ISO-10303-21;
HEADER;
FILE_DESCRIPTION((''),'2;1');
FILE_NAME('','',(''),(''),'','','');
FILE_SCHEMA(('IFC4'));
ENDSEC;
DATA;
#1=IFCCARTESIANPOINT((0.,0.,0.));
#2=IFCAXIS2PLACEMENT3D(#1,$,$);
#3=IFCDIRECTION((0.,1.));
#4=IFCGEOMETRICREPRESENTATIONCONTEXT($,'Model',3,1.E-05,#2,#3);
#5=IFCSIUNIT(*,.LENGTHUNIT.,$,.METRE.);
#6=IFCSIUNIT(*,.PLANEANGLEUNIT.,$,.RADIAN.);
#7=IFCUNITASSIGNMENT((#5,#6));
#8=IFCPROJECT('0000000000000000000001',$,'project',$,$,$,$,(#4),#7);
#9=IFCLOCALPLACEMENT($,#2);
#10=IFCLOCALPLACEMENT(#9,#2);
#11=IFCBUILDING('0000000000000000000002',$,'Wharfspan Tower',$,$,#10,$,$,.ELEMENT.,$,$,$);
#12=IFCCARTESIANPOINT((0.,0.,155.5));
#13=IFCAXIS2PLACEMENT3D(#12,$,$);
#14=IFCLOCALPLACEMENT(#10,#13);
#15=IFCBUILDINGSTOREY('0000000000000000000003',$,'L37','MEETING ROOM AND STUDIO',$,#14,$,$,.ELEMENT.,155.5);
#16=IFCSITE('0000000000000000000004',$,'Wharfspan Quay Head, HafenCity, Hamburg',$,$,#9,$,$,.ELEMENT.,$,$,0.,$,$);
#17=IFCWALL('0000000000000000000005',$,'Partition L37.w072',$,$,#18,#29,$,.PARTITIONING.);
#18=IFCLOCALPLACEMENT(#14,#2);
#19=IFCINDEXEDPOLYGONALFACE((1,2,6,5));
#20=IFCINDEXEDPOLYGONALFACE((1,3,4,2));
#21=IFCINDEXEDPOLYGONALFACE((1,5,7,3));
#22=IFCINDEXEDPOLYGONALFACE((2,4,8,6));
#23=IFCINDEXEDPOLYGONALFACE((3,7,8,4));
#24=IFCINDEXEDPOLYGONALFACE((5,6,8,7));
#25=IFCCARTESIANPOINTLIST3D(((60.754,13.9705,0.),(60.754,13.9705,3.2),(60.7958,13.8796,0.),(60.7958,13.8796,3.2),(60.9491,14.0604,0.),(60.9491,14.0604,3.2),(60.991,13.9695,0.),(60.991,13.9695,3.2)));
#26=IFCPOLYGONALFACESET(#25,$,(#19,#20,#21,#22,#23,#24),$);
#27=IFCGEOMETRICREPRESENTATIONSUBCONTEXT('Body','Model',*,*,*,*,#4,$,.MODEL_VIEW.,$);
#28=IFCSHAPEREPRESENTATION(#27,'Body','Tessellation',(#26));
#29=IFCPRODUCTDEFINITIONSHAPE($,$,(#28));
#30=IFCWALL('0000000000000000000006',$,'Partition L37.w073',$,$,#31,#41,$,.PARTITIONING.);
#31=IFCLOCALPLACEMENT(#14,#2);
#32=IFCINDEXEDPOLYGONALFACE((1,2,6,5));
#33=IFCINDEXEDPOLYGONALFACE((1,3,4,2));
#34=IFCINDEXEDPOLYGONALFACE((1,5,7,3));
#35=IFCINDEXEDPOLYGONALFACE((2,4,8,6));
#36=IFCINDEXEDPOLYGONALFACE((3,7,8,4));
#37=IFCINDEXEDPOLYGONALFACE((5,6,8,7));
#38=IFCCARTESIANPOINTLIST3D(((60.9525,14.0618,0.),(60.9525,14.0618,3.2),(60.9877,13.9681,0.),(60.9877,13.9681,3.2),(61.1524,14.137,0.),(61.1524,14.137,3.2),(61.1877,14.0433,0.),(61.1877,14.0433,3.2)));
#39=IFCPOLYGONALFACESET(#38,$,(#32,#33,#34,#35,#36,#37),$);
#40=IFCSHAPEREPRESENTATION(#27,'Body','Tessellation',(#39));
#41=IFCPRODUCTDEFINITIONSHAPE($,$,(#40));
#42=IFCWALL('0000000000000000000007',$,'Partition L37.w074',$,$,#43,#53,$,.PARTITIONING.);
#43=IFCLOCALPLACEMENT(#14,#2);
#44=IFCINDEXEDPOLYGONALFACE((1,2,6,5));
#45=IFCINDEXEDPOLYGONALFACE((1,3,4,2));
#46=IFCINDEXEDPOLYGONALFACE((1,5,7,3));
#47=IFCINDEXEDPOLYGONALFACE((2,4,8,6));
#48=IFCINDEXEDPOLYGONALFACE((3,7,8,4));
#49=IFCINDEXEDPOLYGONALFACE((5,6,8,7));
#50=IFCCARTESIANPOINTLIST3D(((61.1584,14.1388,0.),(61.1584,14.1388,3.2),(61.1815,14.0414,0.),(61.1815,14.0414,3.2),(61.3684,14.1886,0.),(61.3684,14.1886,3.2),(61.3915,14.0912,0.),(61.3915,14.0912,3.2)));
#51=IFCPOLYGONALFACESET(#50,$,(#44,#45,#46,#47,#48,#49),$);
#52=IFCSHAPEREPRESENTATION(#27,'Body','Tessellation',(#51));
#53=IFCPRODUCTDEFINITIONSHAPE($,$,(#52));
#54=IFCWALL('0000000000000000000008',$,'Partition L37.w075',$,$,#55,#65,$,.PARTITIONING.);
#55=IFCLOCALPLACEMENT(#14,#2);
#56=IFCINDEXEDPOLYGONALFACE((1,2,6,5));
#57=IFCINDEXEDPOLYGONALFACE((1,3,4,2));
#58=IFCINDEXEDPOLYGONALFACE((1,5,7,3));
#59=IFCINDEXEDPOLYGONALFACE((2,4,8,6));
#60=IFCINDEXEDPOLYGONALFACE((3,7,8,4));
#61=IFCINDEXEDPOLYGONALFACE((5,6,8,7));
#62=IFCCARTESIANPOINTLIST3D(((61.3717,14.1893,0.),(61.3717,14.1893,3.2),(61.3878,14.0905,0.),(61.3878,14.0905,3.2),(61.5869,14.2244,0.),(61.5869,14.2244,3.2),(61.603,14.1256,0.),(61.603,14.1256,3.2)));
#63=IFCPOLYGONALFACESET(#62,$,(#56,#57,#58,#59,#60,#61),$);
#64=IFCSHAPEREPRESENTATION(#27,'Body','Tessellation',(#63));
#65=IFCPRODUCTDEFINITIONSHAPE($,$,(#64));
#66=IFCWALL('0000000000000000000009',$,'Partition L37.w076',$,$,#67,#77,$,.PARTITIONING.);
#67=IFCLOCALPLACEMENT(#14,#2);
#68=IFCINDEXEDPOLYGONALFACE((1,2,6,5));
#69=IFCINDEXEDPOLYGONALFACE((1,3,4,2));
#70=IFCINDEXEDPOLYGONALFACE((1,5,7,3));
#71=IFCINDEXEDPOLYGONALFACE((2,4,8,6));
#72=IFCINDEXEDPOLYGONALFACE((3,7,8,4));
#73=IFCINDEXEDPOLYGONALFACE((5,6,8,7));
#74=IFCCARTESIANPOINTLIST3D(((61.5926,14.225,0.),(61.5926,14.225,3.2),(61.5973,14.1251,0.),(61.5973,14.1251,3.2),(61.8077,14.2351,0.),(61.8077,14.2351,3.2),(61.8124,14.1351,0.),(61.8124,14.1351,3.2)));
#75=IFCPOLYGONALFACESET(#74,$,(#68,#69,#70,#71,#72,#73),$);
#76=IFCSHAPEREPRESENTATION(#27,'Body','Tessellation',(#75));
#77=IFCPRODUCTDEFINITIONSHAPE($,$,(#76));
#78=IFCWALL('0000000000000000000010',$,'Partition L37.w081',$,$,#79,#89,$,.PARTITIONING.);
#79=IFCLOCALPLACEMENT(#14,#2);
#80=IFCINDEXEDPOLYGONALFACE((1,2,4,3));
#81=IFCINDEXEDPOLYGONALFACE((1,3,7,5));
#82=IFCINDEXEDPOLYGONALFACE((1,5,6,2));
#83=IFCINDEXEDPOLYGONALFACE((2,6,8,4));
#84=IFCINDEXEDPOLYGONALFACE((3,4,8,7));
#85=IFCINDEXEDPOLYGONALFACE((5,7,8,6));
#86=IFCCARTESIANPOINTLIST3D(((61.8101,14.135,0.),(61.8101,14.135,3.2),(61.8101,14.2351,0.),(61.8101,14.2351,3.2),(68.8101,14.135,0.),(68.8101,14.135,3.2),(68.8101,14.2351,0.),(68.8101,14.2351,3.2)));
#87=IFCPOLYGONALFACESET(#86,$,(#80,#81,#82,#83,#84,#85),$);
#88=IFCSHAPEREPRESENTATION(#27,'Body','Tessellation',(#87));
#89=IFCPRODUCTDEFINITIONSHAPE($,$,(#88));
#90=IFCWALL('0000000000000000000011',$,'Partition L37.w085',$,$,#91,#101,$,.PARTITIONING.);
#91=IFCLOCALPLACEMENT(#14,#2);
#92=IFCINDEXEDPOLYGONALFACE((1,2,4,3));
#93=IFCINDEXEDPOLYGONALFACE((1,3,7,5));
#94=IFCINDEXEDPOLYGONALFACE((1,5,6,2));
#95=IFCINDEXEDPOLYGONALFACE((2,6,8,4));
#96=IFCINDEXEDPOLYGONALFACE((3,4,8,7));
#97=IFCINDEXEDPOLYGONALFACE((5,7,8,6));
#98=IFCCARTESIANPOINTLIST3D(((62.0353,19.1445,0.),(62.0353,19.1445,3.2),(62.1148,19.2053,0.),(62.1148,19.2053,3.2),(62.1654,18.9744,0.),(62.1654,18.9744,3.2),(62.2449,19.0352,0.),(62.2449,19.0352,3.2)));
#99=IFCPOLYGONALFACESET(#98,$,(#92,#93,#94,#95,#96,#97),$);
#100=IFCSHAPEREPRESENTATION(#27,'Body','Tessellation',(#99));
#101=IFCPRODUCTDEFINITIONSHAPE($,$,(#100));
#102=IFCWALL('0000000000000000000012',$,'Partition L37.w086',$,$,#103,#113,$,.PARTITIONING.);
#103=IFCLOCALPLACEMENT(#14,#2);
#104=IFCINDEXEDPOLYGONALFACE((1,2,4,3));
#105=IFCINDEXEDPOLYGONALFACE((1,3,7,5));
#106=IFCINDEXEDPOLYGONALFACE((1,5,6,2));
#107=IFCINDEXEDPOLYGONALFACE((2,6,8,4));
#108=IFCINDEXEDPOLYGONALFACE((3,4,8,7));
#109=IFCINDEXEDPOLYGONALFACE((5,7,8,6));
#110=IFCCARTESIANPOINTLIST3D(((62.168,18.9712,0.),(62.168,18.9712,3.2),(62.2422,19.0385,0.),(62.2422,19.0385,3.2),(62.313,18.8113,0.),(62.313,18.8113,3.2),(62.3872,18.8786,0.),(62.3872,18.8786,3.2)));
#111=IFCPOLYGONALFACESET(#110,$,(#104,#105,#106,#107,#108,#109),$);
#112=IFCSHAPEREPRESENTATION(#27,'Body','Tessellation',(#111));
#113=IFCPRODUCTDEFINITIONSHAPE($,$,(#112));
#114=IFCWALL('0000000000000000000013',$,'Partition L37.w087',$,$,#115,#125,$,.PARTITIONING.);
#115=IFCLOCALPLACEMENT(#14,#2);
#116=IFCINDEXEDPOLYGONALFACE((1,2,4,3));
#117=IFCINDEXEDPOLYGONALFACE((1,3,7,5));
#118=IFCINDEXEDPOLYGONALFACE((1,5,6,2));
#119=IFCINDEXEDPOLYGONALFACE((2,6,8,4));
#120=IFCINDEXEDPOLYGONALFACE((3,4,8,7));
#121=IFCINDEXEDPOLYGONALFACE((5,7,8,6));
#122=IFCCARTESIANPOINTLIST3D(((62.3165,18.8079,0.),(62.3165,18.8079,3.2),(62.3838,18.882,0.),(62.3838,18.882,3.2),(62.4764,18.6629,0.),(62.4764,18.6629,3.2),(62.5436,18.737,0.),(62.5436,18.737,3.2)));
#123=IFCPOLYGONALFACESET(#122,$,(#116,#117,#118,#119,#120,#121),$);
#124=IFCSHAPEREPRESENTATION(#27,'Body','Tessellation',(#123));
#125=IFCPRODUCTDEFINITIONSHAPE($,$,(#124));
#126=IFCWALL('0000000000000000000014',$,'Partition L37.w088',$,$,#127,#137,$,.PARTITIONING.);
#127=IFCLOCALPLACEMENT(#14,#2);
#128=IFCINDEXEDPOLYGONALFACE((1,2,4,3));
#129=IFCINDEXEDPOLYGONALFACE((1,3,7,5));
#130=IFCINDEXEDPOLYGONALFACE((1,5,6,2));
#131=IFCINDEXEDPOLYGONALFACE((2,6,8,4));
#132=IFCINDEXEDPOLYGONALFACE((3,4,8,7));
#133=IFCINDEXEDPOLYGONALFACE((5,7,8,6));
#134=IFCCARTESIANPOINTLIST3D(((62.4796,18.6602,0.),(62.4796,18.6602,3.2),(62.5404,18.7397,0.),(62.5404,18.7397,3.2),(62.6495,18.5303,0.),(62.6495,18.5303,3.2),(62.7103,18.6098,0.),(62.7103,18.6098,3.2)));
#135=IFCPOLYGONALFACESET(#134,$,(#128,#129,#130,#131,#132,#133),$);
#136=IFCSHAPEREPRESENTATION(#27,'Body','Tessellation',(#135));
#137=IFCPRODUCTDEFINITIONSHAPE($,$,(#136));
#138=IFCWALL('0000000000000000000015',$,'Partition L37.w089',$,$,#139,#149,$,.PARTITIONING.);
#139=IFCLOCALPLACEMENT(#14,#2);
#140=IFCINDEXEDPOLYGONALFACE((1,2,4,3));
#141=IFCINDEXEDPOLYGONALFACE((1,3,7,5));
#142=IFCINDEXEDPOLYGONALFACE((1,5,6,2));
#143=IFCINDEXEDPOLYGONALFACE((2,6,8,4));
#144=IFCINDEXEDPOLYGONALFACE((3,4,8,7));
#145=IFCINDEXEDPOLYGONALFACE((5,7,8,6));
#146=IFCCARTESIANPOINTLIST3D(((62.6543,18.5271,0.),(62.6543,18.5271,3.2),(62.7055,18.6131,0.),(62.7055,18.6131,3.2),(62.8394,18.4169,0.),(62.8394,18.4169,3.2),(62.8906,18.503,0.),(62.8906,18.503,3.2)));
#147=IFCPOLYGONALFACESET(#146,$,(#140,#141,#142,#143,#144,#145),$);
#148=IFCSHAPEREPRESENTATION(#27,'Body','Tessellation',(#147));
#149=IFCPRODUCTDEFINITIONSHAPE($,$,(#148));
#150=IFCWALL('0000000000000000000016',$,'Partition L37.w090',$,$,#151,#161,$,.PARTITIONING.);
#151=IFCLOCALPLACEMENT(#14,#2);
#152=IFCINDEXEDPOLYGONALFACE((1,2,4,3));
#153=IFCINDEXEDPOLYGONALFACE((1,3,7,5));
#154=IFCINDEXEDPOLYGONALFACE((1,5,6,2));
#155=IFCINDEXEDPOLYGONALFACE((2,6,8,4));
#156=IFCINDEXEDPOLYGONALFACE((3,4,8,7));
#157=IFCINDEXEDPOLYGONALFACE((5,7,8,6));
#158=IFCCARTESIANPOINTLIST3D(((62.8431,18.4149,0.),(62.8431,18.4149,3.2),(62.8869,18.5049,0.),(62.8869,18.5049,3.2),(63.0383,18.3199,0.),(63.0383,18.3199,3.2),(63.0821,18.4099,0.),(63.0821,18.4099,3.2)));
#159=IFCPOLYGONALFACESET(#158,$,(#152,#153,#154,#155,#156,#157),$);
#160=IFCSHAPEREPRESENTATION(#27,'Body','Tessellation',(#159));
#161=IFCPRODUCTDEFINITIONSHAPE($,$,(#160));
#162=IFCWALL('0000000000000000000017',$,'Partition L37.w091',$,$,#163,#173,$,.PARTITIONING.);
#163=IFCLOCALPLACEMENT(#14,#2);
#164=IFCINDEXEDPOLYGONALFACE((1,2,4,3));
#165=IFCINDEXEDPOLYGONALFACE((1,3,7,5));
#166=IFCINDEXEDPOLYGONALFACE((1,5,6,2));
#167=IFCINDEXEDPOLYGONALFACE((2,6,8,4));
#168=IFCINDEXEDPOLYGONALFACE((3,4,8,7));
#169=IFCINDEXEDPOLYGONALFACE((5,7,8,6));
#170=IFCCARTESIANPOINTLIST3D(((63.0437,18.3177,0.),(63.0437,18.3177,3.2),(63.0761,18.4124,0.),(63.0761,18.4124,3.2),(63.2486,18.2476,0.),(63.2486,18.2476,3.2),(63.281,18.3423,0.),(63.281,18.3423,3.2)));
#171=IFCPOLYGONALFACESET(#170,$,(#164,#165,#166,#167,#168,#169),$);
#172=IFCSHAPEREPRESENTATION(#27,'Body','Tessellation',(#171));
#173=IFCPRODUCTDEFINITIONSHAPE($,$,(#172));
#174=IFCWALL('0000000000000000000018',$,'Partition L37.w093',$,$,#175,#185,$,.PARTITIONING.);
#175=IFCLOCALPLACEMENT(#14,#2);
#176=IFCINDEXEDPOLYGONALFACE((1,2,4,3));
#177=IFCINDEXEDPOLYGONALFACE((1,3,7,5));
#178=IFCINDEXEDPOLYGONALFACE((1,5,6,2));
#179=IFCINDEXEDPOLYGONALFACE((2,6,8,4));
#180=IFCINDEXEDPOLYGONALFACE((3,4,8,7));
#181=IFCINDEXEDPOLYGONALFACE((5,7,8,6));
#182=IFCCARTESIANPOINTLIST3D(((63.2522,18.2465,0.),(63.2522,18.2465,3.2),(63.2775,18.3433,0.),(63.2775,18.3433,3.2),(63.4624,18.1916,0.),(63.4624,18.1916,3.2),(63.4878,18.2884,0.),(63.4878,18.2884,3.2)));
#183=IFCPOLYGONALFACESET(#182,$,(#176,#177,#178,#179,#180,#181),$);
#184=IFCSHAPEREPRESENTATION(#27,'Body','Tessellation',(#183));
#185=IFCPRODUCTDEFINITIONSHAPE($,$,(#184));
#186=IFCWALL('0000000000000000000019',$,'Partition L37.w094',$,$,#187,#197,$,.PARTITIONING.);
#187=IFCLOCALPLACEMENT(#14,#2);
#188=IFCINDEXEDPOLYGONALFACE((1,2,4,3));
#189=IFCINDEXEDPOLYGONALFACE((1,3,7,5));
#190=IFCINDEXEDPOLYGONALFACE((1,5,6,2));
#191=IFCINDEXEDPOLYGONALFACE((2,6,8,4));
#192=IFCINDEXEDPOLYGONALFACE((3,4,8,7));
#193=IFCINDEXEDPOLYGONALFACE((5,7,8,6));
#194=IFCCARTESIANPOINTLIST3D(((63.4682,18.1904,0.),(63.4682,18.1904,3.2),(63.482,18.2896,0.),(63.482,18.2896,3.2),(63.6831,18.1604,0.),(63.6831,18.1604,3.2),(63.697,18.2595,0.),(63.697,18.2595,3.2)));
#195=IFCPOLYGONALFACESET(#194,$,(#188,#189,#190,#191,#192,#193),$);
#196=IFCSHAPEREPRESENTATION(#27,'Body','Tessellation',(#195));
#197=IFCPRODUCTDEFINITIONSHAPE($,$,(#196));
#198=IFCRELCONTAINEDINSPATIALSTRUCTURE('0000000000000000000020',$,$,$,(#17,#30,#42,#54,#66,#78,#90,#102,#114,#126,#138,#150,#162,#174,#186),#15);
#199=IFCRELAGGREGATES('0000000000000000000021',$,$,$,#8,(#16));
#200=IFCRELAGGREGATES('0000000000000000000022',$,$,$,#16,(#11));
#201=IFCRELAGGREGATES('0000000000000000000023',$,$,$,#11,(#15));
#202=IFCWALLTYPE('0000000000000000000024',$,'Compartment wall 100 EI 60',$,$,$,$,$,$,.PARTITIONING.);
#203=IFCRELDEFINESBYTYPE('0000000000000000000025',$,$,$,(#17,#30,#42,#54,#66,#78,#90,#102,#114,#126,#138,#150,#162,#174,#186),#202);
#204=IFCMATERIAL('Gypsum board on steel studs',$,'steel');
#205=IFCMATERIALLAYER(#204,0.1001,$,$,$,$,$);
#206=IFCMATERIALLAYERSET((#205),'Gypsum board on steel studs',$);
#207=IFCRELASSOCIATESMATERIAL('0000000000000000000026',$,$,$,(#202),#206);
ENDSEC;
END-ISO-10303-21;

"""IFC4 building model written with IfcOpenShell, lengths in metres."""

from ifc_helpers import new_model, si_unit, direction, frame, frame_2d, origin, place, context, subcontext, project, spatial, rectangle, extrude, material, layer, layer_set, type_object, element, save


model = new_model("IFC4")

# Units and contexts
model_context = context("Model", 3, precision=1e-05, world=origin(), true_north=direction((0.0, 1.0)))
body_context = subcontext(model_context, "Body", "Model", "MODEL_VIEW")
ifc_project = project(units=[si_unit("LENGTHUNIT", "METRE"), si_unit("PLANEANGLEUNIT", "RADIAN")], contexts=[model_context])

# Site, building, storey
site_placement = place(None, origin())
site = spatial("IfcSite", under=ifc_project, at=site_placement, Name="Wharfspan Quay Head, HafenCity, Hamburg", CompositionType="ELEMENT", RefElevation=0.0)
building_placement = place(site_placement, origin())
building = spatial("IfcBuilding", under=site, at=building_placement, Name="Wharfspan Tower", CompositionType="ELEMENT")
storey_placement = place(building_placement, frame((0.0, 0.0, 155.5)))
storey = spatial("IfcBuildingStorey", under=building, at=storey_placement, Name="L37", Description="MEETING ROOM AND STUDIO", CompositionType="ELEMENT", Elevation=155.5)

# Walls
ifc_material_1 = material(Name="Gypsum board on steel studs", Category="steel")
ifc_layer_1 = layer(ifc_material_1, 0.1001)
ifc_layer_set_1 = layer_set([ifc_layer_1], Name="Gypsum board on steel studs")
wall_type_1 = type_object("IfcWallType", Name="Compartment wall 100 EI 60", PredefinedType="PARTITIONING", material=ifc_layer_set_1)
wall_1_placement = place(storey_placement, frame((60.7749, 13.925, 0.0), z_axis=(0.0, 0.0, 1.0), x_axis=(0.908296, 0.418339, 0.0)))
element("IfcWall", 1, at=wall_1_placement, inside=storey, type_object=wall_type_1, Name="Partition L37.w072", PredefinedType="PARTITIONING", context=body_context, shape_type="SweptSolid", body=[
    extrude(rectangle(XDim=0.2148, YDim=0.1001, at=frame_2d((0.1074, 0.0))), origin(), (0.0, 0.0, 1.0), 3.2),
])
wall_2_placement = place(storey_placement, frame((60.97, 14.0149, 0.0), z_axis=(0.0, 0.0, 1.0), x_axis=(0.936, 0.352, 0.0)))
element("IfcWall", 2, at=wall_2_placement, inside=storey, type_object=wall_type_1, Name="Partition L37.w073", PredefinedType="PARTITIONING", context=body_context, shape_type="SweptSolid", body=[
    extrude(rectangle(XDim=0.2136, YDim=0.1001, at=frame_2d((0.1069, 0.0))), origin(), (0.0, 0.0, 1.0), 3.2),
])
wall_3_placement = place(storey_placement, frame((61.1699, 14.0901, 0.0), z_axis=(0.0, 0.0, 1.0), x_axis=(0.972997, 0.230804, 0.0)))
element("IfcWall", 3, at=wall_3_placement, inside=storey, type_object=wall_type_1, Name="Partition L37.w074", PredefinedType="PARTITIONING", context=body_context, shape_type="SweptSolid", body=[
    extrude(rectangle(XDim=0.2158, YDim=0.1001, at=frame_2d((0.1079, 0.0))), origin(), (0.0, 0.0, 1.0), 3.2),
])
wall_4_placement = place(storey_placement, frame((61.3799, 14.1399, 0.0), z_axis=(0.0, 0.0, 1.0), x_axis=(0.986904, 0.16131, 0.0)))
element("IfcWall", 4, at=wall_4_placement, inside=storey, type_object=wall_type_1, Name="Partition L37.w075", PredefinedType="PARTITIONING", context=body_context, shape_type="SweptSolid", body=[
    extrude(rectangle(XDim=0.218, YDim=0.1001, at=frame_2d((0.1089, 0.0))), origin(), (0.0, 0.0, 1.0), 3.2),
])
wall_5_placement = place(storey_placement, frame((61.595, 14.175, 0.0), z_axis=(0.0, 0.0, 1.0), x_axis=(0.998923, 0.046488, 0.0)))
element("IfcWall", 5, at=wall_5_placement, inside=storey, type_object=wall_type_1, Name="Partition L37.w076", PredefinedType="PARTITIONING", context=body_context, shape_type="SweptSolid", body=[
    extrude(rectangle(XDim=0.2153, YDim=0.1001, at=frame_2d((0.1077, 0.0))), origin(), (0.0, 0.0, 1.0), 3.2),
])
wall_6_placement = place(storey_placement, frame((61.8101, 14.1851, 0.0), z_axis=(0.0, 0.0, 1.0), x_axis=(1.0, 0.0, 0.0)))
element("IfcWall", 6, at=wall_6_placement, inside=storey, type_object=wall_type_1, Name="Partition L37.w081", PredefinedType="PARTITIONING", context=body_context, shape_type="SweptSolid", body=[
    extrude(rectangle(XDim=7.0, YDim=0.1001, at=frame_2d((3.5, 0.0))), origin(), (0.0, 0.0, 1.0), 3.2),
])
wall_7_placement = place(storey_placement, frame((62.2051, 19.0049, 0.0), z_axis=(0.0, 0.0, 1.0), x_axis=(-0.607451, 0.794359, 0.0)))
element("IfcWall", 7, at=wall_7_placement, inside=storey, type_object=wall_type_1, Name="Partition L37.w085", PredefinedType="PARTITIONING", context=body_context, shape_type="SweptSolid", body=[
    extrude(rectangle(XDim=0.2141, YDim=0.1001, at=frame_2d((0.1069, 0.0))), origin(), (0.0, 0.0, 1.0), 3.2),
])
for number, where, z_axis, x_axis, name in (
    (8, (62.3501, 18.845, 0.0), (0.0, 0.0, 1.0), (-0.671775, 0.740762, 0.0), "Partition L37.w086"),
    (9, (62.51, 18.7, 0.0), (0.0, 0.0, 1.0), (-0.740762, 0.671775, 0.0), "Partition L37.w087"),
):
    element("IfcWall", number, at=place(storey_placement, frame(where, z_axis=z_axis, x_axis=x_axis)), inside=storey, type_object=wall_type_1, Name=name, PredefinedType="PARTITIONING", context=body_context, shape_type="SweptSolid", body=[
        extrude(rectangle(XDim=0.2158, YDim=0.1001, at=frame_2d((0.1079, 0.0))), origin(), (0.0, 0.0, 1.0), 3.2),
    ])
wall_8_placement = place(storey_placement, frame((62.6799, 18.5701, 0.0), z_axis=(0.0, 0.0, 1.0), x_axis=(-0.794484, 0.607278, 0.0)))
element("IfcWall", 10, at=wall_8_placement, inside=storey, type_object=wall_type_1, Name="Partition L37.w088", PredefinedType="PARTITIONING", context=body_context, shape_type="SweptSolid", body=[
    extrude(rectangle(XDim=0.2139, YDim=0.1001, at=frame_2d((0.1069, 0.0))), origin(), (0.0, 0.0, 1.0), 3.2),
])
wall_9_placement = place(storey_placement, frame((62.865, 18.46, 0.0), z_axis=(0.0, 0.0, 1.0), x_axis=(-0.859387, 0.511324, 0.0)))
element("IfcWall", 11, at=wall_9_placement, inside=storey, type_object=wall_type_1, Name="Partition L37.w089", PredefinedType="PARTITIONING", context=body_context, shape_type="SweptSolid", body=[
    extrude(rectangle(XDim=0.2153, YDim=0.1001, at=frame_2d((0.1077, 0.0))), origin(), (0.0, 0.0, 1.0), 3.2),
])
wall_10_placement = place(storey_placement, frame((63.0601, 18.365, 0.0), z_axis=(0.0, 0.0, 1.0), x_axis=(-0.899103, 0.437736, 0.0)))
element("IfcWall", 12, at=wall_10_placement, inside=storey, type_object=wall_type_1, Name="Partition L37.w090", PredefinedType="PARTITIONING", context=body_context, shape_type="SweptSolid", body=[
    extrude(rectangle(XDim=0.217, YDim=0.1001, at=frame_2d((0.1084, 0.0))), origin(), (0.0, 0.0, 1.0), 3.2),
])
wall_11_placement = place(storey_placement, frame((63.2649, 18.2949, 0.0), z_axis=(0.0, 0.0, 1.0), x_axis=(-0.94617, 0.32366, 0.0)))
element("IfcWall", 13, at=wall_11_placement, inside=storey, type_object=wall_type_1, Name="Partition L37.w091", PredefinedType="PARTITIONING", context=body_context, shape_type="SweptSolid", body=[
    extrude(rectangle(XDim=0.2166, YDim=0.1001, at=frame_2d((0.1084, 0.0))), origin(), (0.0, 0.0, 1.0), 3.2),
])
wall_12_placement = place(storey_placement, frame((63.4751, 18.24, 0.0), z_axis=(0.0, 0.0, 1.0), x_axis=(-0.967508, 0.252833, 0.0)))
element("IfcWall", 14, at=wall_12_placement, inside=storey, type_object=wall_type_1, Name="Partition L37.w093", PredefinedType="PARTITIONING", context=body_context, shape_type="SweptSolid", body=[
    extrude(rectangle(XDim=0.2173, YDim=0.1001, at=frame_2d((0.1086, 0.0))), origin(), (0.0, 0.0, 1.0), 3.2),
])
wall_13_placement = place(storey_placement, frame((63.6899, 18.21, 0.0), z_axis=(0.0, 0.0, 1.0), x_axis=(-0.990372, 0.138427, 0.0)))
element("IfcWall", 15, at=wall_13_placement, inside=storey, type_object=wall_type_1, Name="Partition L37.w094", PredefinedType="PARTITIONING", context=body_context, shape_type="SweptSolid", body=[
    extrude(rectangle(XDim=0.217, YDim=0.1001, at=frame_2d((0.1084, 0.0))), origin(), (0.0, 0.0, 1.0), 3.2),
])

save(model, "model.ifc")
